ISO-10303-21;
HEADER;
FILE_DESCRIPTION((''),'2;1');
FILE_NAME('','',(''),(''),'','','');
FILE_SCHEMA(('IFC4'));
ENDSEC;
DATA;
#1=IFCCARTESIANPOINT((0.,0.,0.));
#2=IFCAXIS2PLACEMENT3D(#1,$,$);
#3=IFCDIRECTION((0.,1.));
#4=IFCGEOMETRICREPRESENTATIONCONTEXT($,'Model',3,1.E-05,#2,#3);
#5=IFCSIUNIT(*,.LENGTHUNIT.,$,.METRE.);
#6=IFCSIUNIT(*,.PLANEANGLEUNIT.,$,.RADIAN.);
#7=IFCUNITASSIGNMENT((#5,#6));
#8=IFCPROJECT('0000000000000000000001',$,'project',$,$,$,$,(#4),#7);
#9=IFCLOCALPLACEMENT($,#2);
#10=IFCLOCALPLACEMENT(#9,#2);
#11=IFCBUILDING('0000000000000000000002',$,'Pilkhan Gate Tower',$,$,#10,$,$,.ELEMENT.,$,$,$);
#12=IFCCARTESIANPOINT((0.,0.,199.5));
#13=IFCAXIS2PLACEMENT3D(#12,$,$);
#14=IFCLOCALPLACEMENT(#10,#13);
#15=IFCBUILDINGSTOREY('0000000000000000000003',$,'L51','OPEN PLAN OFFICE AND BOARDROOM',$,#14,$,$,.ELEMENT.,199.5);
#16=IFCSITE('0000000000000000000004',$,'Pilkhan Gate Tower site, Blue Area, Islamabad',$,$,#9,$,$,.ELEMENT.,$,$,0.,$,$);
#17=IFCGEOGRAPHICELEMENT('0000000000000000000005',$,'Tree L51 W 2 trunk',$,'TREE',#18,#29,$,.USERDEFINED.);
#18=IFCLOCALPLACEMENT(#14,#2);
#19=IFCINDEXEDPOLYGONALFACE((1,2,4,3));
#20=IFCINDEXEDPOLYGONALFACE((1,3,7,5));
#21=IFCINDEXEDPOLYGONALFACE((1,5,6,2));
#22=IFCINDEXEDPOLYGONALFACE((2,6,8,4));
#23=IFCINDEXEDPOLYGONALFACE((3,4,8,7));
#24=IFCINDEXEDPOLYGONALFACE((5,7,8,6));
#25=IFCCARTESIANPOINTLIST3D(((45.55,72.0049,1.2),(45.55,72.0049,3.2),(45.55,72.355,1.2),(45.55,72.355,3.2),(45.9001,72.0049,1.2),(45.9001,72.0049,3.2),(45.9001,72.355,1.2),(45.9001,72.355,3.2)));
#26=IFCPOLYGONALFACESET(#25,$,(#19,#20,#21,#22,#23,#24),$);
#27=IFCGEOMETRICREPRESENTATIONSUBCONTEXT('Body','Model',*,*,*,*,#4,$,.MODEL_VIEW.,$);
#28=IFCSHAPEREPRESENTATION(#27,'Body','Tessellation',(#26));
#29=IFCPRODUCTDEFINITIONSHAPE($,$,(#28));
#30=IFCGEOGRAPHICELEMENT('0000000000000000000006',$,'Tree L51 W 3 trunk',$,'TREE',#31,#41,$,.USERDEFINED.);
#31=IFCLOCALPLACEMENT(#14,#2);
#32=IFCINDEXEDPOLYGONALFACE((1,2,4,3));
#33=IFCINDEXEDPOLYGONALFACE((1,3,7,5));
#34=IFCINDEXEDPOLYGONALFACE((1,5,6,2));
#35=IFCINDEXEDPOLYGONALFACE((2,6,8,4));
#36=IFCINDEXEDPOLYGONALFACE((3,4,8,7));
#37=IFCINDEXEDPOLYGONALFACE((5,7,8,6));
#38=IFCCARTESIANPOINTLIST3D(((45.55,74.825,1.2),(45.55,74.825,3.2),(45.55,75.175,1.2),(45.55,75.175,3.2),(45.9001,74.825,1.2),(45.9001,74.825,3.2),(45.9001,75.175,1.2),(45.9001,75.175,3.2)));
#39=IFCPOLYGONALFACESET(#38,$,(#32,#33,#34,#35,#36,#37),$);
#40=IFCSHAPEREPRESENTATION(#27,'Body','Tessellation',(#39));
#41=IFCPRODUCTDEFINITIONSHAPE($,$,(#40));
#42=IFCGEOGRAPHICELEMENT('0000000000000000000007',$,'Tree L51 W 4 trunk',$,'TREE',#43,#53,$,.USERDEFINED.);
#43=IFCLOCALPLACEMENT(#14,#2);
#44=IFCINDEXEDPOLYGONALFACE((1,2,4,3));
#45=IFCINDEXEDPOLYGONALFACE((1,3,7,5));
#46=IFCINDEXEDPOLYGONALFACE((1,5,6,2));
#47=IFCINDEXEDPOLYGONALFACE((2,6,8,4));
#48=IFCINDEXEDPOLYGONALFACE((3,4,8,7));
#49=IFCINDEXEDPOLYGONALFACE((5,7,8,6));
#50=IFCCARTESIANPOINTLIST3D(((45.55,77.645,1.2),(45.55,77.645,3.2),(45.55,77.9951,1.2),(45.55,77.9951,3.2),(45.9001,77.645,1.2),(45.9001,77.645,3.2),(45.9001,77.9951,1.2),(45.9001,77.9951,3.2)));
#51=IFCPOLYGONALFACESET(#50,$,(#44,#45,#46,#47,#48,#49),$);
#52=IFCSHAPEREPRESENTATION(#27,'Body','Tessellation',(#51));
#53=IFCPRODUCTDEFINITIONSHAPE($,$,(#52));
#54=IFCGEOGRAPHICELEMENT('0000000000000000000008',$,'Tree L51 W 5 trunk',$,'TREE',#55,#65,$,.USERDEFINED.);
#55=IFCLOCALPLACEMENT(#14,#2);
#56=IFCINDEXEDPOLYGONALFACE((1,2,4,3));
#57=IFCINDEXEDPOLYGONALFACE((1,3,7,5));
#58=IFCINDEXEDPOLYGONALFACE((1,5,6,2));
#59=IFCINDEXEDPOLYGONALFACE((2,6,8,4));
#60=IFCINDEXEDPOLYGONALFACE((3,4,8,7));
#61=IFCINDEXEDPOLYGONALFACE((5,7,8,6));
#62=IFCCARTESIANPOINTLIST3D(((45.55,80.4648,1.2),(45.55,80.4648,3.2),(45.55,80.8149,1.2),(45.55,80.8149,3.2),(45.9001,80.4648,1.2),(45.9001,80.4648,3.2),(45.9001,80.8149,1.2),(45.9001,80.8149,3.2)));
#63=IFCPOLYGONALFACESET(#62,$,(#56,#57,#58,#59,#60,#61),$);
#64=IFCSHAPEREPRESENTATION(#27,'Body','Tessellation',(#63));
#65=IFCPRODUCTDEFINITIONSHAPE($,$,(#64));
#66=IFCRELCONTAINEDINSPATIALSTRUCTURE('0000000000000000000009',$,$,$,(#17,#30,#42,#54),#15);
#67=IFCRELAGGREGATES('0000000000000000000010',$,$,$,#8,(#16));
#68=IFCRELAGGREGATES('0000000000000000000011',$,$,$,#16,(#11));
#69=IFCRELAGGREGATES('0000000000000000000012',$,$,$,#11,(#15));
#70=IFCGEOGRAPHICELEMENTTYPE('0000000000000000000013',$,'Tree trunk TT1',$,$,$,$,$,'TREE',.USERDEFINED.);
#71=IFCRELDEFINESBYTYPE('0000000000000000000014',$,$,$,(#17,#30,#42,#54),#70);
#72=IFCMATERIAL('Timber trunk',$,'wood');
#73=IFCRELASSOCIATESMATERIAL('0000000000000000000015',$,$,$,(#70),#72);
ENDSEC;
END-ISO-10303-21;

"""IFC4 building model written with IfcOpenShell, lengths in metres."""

from ifc_helpers import new_model, si_unit, direction, frame, origin, origin_2d, place, context, subcontext, project, spatial, rectangle, extrude, material, type_object, element, save


model = new_model("IFC4")

# Units and contexts
model_context = context("Model", 3, precision=1e-05, world=origin(), true_north=direction((0.0, 1.0)))
body_context = subcontext(model_context, "Body", "Model", "MODEL_VIEW")
ifc_project = project(units=[si_unit("LENGTHUNIT", "METRE"), si_unit("PLANEANGLEUNIT", "RADIAN")], contexts=[model_context])

# Site, building, storey
site_placement = place(None, origin())
site = spatial("IfcSite", under=ifc_project, at=site_placement, Name="Pilkhan Gate Tower site, Blue Area, Islamabad", CompositionType="ELEMENT", RefElevation=0.0)
building_placement = place(site_placement, origin())
building = spatial("IfcBuilding", under=site, at=building_placement, Name="Pilkhan Gate Tower", CompositionType="ELEMENT")
storey_placement = place(building_placement, frame((0.0, 0.0, 199.5)))
storey = spatial("IfcBuildingStorey", under=building, at=storey_placement, Name="L51", Description="OPEN PLAN OFFICE AND BOARDROOM", CompositionType="ELEMENT", Elevation=199.5)

# Geographic elements
ifc_material_1 = material(Name="Timber trunk", Category="wood")
geographic_element_type_1 = type_object("IfcGeographicElementType", Name="Tree trunk TT1", ElementType="TREE", PredefinedType="USERDEFINED", material=ifc_material_1)
for number, where, z_axis, x_axis, name in (
    (1, (45.7251, 72.1799, 1.2), (0.0, 0.0, 1.0), (1.0, 0.0, 0.0), "Tree L51 W 2 trunk"),
    (2, (45.7251, 75.0, 1.2), (0.0, 0.0, 1.0), (1.0, 0.0, 0.0), "Tree L51 W 3 trunk"),
    (3, (45.7251, 77.8201, 1.2), (0.0, 0.0, 1.0), (1.0, 0.0, 0.0), "Tree L51 W 4 trunk"),
    (4, (45.7251, 80.6399, 1.2), (0.0, 0.0, 1.0), (1.0, 0.0, 0.0), "Tree L51 W 5 trunk"),
):
    element("IfcGeographicElement", number, at=place(storey_placement, frame(where, z_axis=z_axis, x_axis=x_axis)), inside=storey, type_object=geographic_element_type_1, Name=name, ObjectType="TREE", PredefinedType="USERDEFINED", context=body_context, shape_type="SweptSolid", body=[
        extrude(rectangle(XDim=0.3501, YDim=0.3501, at=origin_2d()), origin(), (0.0, 0.0, 1.0), 2.0),
    ])

save(model, "model.ifc")
